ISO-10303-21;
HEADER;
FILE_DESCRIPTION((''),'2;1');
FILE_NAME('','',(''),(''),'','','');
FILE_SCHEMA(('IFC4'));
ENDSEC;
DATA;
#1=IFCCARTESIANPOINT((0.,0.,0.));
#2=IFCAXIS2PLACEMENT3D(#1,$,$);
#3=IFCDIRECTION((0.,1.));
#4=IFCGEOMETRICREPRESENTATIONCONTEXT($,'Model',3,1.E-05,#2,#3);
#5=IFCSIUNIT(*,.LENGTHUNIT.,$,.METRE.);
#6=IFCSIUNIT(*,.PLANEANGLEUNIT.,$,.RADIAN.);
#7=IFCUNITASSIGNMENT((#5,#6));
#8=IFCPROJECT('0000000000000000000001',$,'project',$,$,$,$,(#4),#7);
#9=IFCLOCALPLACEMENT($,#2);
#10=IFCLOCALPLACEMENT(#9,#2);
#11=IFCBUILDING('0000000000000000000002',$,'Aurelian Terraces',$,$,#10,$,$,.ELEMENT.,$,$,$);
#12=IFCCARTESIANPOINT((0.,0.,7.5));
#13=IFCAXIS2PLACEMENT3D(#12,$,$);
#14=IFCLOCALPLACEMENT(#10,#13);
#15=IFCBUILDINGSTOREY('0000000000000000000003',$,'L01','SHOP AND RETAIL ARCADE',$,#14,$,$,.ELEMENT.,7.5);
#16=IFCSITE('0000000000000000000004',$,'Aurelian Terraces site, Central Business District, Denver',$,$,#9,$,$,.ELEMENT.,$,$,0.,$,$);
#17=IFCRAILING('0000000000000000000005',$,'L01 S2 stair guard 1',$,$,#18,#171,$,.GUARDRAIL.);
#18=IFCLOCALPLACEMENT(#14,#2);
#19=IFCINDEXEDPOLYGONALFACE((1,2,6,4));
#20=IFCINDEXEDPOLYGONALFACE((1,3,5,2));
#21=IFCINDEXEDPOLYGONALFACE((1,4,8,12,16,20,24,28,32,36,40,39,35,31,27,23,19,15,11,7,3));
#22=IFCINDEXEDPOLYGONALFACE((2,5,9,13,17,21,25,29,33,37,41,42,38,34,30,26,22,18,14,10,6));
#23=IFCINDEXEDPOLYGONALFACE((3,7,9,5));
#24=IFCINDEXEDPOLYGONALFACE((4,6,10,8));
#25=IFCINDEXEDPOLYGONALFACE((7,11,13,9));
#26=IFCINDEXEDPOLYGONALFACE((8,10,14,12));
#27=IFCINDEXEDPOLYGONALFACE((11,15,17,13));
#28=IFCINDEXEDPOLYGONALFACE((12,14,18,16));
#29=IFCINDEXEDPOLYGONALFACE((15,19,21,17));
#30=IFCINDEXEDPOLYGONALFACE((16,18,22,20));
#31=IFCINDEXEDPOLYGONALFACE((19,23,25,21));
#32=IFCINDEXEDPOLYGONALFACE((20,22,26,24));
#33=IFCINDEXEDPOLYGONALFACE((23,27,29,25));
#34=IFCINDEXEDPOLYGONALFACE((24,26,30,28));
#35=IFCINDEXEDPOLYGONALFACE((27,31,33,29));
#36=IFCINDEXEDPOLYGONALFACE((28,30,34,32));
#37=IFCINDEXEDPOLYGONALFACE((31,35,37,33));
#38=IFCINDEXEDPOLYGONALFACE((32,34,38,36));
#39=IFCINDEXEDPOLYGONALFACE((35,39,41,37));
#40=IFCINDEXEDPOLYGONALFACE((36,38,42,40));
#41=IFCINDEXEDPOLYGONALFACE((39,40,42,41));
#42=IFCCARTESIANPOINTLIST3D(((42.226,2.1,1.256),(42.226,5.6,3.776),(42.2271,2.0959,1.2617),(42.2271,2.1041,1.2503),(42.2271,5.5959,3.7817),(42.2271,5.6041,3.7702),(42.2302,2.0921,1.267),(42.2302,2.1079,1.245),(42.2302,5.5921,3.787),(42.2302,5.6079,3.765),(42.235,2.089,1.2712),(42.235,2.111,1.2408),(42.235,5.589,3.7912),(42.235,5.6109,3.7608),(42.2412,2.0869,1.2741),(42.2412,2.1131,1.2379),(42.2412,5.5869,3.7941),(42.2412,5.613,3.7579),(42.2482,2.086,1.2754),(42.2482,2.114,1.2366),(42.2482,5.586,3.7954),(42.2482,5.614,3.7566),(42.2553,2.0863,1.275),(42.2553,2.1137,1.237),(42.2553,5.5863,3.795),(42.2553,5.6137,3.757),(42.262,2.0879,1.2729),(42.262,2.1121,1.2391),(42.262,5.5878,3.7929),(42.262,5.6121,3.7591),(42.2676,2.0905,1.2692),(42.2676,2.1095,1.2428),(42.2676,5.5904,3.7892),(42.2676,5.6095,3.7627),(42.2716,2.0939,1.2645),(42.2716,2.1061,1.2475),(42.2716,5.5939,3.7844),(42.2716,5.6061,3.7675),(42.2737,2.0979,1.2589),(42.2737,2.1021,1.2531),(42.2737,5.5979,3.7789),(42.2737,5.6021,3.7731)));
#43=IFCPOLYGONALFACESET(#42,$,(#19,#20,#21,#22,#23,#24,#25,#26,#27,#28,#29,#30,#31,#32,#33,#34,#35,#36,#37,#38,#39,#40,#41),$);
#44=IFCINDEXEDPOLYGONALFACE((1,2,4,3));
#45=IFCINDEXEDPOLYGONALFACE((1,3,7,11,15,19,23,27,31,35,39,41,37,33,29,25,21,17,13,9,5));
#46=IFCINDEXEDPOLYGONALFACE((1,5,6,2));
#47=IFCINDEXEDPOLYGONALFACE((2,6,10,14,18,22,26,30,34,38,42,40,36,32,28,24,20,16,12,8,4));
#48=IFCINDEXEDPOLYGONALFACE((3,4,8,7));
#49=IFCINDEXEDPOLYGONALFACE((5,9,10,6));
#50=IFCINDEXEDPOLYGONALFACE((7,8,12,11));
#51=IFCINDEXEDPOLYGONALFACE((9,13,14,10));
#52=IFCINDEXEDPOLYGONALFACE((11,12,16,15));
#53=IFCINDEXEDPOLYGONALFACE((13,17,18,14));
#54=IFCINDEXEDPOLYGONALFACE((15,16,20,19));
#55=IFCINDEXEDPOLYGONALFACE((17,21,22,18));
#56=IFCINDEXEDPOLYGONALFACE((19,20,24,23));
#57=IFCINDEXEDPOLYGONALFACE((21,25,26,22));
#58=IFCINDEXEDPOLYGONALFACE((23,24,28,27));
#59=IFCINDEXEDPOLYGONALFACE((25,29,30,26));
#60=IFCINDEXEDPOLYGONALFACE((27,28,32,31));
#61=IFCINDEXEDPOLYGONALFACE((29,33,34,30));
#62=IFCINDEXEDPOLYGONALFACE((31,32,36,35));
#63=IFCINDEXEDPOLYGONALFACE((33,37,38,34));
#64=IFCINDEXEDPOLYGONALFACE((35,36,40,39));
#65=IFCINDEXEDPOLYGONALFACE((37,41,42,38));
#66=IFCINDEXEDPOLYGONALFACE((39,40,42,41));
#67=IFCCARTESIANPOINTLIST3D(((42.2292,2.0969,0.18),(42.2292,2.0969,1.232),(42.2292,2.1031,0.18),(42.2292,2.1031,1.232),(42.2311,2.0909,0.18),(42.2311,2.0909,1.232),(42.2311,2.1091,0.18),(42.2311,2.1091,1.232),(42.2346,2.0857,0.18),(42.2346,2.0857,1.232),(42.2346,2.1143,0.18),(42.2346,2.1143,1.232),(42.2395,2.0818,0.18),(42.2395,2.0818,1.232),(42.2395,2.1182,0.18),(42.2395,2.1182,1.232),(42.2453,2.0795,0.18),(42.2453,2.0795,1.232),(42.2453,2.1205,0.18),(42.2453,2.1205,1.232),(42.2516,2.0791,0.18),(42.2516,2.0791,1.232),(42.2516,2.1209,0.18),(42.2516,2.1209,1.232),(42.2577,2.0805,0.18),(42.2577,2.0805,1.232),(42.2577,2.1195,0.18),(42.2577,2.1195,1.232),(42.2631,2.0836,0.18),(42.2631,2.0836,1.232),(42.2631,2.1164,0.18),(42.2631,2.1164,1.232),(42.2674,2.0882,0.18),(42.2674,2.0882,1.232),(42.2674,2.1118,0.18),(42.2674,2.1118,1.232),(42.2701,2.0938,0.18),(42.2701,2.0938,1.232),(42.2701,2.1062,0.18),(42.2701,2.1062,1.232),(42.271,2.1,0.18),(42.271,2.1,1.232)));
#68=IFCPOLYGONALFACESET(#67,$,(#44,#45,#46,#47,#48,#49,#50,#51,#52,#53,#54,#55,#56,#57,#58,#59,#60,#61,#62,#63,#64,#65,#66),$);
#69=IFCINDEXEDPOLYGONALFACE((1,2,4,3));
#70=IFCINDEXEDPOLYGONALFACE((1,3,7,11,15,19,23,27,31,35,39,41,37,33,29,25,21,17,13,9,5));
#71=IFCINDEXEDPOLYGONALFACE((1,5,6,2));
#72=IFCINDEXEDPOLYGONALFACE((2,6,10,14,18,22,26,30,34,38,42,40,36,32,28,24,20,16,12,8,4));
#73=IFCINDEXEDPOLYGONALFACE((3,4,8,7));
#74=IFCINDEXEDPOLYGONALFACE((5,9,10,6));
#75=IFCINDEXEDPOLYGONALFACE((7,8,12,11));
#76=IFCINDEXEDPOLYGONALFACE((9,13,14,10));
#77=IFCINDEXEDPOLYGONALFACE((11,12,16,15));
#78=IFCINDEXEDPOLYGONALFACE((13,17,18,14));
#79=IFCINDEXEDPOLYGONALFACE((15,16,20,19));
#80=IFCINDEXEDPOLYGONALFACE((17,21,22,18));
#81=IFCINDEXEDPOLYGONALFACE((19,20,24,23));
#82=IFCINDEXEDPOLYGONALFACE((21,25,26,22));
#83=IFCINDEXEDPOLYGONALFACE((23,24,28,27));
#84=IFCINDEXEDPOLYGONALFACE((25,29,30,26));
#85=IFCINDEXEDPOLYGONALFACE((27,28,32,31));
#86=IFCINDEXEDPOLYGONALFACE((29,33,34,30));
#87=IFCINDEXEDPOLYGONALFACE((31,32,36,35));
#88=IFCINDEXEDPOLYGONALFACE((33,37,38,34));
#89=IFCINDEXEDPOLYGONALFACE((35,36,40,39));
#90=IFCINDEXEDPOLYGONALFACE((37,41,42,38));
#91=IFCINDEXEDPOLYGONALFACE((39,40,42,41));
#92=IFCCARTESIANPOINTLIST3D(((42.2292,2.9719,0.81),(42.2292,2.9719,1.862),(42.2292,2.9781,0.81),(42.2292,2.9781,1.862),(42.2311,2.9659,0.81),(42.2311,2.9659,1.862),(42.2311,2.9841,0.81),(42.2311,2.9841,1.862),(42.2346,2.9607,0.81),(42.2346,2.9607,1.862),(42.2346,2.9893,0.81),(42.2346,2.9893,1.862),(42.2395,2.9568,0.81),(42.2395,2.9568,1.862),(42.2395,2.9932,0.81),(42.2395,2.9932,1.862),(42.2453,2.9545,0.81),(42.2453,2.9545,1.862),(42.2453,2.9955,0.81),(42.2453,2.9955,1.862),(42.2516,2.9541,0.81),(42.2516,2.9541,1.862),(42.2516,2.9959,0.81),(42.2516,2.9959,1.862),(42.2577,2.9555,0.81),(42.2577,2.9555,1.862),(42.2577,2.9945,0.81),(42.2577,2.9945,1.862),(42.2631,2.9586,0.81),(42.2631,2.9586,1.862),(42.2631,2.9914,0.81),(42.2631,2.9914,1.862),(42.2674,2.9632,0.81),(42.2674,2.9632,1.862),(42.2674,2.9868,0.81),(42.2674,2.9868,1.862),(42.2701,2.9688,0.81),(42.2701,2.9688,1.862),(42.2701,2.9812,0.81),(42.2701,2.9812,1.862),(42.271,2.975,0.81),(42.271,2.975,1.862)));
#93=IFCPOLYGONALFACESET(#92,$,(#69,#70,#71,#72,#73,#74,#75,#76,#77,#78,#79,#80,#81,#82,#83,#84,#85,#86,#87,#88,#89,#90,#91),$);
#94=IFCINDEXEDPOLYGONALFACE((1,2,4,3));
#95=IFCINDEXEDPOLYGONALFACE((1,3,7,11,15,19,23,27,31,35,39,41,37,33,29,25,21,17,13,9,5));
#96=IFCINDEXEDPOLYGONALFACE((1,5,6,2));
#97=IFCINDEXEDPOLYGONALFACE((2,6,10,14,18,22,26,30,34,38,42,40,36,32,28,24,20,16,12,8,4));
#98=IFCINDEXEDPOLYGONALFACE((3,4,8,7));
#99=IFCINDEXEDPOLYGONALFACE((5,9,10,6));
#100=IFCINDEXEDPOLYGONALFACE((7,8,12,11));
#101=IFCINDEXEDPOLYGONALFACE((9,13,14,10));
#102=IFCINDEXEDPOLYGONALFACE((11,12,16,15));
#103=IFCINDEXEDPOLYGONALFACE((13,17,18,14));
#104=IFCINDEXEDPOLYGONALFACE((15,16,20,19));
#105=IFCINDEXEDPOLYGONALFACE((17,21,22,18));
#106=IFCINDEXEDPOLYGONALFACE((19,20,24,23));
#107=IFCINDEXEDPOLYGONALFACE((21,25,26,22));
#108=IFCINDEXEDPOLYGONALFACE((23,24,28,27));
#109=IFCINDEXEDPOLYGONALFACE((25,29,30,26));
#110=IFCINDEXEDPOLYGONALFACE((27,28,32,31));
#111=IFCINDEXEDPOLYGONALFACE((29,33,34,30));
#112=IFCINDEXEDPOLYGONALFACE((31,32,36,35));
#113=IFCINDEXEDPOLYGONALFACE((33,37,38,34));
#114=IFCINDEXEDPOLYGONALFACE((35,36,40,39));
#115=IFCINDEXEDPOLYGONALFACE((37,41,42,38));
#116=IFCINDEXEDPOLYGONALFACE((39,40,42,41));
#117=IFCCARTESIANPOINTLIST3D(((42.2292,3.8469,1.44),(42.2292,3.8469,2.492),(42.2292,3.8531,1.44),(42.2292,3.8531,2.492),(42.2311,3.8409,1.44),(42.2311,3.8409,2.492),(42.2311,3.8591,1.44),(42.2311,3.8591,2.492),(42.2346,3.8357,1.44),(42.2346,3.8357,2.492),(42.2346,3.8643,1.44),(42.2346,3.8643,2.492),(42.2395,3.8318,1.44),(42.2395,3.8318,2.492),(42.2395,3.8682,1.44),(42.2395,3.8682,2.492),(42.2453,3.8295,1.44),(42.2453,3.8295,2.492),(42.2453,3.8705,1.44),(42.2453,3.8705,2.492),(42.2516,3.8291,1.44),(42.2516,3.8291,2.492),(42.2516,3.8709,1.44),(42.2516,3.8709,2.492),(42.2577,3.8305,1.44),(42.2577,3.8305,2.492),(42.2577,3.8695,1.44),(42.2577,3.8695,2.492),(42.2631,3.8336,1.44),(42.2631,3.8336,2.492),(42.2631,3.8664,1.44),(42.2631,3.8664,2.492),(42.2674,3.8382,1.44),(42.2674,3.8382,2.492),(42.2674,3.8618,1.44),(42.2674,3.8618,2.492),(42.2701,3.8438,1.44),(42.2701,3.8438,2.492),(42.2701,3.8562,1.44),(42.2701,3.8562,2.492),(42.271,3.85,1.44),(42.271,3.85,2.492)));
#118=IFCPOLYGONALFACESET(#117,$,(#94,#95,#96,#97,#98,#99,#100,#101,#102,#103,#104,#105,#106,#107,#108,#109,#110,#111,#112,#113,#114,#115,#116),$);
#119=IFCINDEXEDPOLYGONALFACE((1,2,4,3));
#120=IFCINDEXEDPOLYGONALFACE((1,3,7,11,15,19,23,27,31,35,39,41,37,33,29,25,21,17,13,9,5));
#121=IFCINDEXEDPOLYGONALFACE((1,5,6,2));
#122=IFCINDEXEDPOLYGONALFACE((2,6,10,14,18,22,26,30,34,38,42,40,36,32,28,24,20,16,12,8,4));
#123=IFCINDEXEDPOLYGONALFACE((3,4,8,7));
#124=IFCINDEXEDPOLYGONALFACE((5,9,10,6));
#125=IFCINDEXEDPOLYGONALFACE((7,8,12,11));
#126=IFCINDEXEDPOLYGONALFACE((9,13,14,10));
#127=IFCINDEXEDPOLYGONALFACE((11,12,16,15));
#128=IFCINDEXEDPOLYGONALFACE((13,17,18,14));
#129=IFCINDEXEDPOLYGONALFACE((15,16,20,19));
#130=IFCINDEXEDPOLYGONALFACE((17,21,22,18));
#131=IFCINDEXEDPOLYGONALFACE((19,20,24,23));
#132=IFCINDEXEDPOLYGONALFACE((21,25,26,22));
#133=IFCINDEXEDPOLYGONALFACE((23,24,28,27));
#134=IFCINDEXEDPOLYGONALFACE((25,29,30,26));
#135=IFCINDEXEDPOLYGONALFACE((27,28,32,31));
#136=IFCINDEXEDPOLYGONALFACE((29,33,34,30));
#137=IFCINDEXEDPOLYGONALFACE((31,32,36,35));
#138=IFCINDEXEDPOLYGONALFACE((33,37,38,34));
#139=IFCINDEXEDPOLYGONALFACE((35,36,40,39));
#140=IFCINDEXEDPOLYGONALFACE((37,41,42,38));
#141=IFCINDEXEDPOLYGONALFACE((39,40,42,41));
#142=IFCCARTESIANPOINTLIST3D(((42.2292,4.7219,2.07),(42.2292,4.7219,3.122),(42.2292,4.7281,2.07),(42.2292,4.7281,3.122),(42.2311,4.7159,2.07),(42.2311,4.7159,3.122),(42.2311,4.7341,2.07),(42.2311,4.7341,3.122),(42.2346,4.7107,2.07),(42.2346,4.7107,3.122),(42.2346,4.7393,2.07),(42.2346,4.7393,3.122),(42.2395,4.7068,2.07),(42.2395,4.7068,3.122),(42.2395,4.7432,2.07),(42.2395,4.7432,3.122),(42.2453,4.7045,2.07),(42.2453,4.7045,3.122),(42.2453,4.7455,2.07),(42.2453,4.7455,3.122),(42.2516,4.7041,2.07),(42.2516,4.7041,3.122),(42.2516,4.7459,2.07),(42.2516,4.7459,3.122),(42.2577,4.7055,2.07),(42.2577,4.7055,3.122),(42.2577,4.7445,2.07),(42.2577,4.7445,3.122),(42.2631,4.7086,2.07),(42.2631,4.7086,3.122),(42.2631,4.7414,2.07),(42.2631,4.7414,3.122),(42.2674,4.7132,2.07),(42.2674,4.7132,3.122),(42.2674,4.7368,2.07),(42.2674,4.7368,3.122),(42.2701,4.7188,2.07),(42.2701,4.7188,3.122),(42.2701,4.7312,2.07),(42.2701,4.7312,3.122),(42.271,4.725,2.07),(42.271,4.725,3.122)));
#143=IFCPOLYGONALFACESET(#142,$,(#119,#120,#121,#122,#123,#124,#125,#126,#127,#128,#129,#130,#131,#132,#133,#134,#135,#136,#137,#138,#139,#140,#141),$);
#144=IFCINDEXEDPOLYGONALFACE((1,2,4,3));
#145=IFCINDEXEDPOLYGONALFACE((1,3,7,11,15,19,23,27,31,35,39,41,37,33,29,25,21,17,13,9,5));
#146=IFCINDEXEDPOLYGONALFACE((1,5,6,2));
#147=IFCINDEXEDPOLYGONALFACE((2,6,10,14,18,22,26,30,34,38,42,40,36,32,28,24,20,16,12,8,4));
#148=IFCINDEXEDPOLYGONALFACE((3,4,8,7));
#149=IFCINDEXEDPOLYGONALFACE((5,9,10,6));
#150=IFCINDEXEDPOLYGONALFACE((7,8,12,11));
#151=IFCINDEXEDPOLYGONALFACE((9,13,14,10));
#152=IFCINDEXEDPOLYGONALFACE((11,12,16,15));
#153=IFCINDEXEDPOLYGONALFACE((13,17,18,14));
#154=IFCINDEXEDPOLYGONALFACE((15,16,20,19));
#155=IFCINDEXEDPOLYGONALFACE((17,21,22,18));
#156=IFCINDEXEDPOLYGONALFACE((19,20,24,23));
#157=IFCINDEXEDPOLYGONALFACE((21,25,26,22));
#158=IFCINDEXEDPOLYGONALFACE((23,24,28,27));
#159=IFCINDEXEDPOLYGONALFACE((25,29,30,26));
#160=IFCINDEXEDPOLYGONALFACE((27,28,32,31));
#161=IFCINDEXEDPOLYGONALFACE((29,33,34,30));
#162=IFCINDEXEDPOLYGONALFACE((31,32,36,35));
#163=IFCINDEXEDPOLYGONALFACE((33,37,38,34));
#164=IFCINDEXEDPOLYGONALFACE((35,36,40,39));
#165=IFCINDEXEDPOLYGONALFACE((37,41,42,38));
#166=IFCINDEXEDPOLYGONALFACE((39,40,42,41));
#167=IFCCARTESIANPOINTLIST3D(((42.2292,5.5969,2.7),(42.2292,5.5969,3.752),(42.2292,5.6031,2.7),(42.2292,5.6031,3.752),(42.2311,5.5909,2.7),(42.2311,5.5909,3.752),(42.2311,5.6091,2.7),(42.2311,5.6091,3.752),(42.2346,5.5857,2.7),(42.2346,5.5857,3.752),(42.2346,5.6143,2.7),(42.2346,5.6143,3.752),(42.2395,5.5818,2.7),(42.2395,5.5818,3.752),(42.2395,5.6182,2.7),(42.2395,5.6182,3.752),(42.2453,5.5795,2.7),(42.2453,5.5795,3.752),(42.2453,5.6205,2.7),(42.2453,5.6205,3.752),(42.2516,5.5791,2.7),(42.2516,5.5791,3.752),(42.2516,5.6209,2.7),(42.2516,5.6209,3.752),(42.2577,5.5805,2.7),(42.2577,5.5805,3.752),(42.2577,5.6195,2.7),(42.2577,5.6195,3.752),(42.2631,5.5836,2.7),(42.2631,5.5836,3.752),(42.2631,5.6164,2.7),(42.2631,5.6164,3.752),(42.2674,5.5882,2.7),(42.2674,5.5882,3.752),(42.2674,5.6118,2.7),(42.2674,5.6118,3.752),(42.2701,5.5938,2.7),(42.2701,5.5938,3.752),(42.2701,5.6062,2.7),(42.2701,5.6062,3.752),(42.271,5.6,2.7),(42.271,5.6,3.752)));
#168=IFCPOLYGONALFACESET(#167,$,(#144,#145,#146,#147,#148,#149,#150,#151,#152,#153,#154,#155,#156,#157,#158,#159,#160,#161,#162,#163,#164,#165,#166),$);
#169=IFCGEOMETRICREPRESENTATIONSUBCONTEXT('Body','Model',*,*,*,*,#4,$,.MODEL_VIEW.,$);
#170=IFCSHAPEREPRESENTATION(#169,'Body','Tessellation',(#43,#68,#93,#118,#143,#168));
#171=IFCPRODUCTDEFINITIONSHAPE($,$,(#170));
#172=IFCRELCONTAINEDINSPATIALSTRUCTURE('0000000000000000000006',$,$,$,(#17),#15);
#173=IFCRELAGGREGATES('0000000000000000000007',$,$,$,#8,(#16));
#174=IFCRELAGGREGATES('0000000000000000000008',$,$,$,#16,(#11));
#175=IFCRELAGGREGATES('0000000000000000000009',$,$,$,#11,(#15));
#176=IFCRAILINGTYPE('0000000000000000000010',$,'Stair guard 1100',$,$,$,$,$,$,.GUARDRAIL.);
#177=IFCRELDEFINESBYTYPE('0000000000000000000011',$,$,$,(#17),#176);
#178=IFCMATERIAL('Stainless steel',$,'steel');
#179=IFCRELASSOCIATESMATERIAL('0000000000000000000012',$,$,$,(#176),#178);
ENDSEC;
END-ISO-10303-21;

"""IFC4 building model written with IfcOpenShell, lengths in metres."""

from ifc_helpers import new_model, si_unit, direction, frame, origin, origin_2d, place, context, subcontext, project, spatial, circle, extrude, source, transform, mapped, material, type_object, element, save


model = new_model("IFC4")

# Units and contexts
model_context = context("Model", 3, precision=1e-05, world=origin(), true_north=direction((0.0, 1.0)))
body_context = subcontext(model_context, "Body", "Model", "MODEL_VIEW")
ifc_project = project(units=[si_unit("LENGTHUNIT", "METRE"), si_unit("PLANEANGLEUNIT", "RADIAN")], contexts=[model_context])

# Site, building, storey
site_placement = place(None, origin())
site = spatial("IfcSite", under=ifc_project, at=site_placement, Name="Aurelian Terraces site, Central Business District, Denver", CompositionType="ELEMENT", RefElevation=0.0)
building_placement = place(site_placement, origin())
building = spatial("IfcBuilding", under=site, at=building_placement, Name="Aurelian Terraces", CompositionType="ELEMENT")
storey_placement = place(building_placement, frame((0.0, 0.0, 7.5)))
storey = spatial("IfcBuildingStorey", under=building, at=storey_placement, Name="L01", Description="SHOP AND RETAIL ARCADE", CompositionType="ELEMENT", Elevation=7.5)

# Railing
ifc_material_1 = material(Name="Stainless steel", Category="steel")
railing_type_1 = type_object("IfcRailingType", Name="Stair guard 1100", PredefinedType="GUARDRAIL", material=ifc_material_1)
shared_shape_1 = source(origin(), body_context, "Body", "SweptSolid", [
    extrude(circle(Radius=0.024, at=origin_2d()), frame((0.0, 0.0, 1.076), z_axis=(0.0, 0.811534, 0.584305), x_axis=(-1.0, 0.0, 0.0)), (0.0, 0.0, 1.0), 4.3128),
    extrude(circle(Radius=0.021, at=origin_2d()), origin(), (0.0, 0.0, 1.0), 1.052),
    extrude(circle(Radius=0.021, at=origin_2d()), frame((0.0, 0.875, 0.63)), (0.0, 0.0, 1.0), 1.052),
    extrude(circle(Radius=0.021, at=origin_2d()), frame((0.0, 1.75, 1.26)), (0.0, 0.0, 1.0), 1.052),
    extrude(circle(Radius=0.021, at=origin_2d()), frame((0.0, 2.625, 1.89)), (0.0, 0.0, 1.0), 1.052),
    extrude(circle(Radius=0.021, at=origin_2d()), frame((0.0, 3.5, 2.52)), (0.0, 0.0, 1.0), 1.052),
])
railing_1_placement = place(storey_placement, frame((42.25, 2.1, 0.18)))
element("IfcRailing", 1, at=railing_1_placement, inside=storey, type_object=railing_type_1, Name="L01 S2 stair guard 1", PredefinedType="GUARDRAIL", context=body_context, shape_type="MappedRepresentation", body=[
    mapped(shared_shape_1, transform((0.0, 0.0, 0.0), scale=1.0)),
])

save(model, "model.ifc")
